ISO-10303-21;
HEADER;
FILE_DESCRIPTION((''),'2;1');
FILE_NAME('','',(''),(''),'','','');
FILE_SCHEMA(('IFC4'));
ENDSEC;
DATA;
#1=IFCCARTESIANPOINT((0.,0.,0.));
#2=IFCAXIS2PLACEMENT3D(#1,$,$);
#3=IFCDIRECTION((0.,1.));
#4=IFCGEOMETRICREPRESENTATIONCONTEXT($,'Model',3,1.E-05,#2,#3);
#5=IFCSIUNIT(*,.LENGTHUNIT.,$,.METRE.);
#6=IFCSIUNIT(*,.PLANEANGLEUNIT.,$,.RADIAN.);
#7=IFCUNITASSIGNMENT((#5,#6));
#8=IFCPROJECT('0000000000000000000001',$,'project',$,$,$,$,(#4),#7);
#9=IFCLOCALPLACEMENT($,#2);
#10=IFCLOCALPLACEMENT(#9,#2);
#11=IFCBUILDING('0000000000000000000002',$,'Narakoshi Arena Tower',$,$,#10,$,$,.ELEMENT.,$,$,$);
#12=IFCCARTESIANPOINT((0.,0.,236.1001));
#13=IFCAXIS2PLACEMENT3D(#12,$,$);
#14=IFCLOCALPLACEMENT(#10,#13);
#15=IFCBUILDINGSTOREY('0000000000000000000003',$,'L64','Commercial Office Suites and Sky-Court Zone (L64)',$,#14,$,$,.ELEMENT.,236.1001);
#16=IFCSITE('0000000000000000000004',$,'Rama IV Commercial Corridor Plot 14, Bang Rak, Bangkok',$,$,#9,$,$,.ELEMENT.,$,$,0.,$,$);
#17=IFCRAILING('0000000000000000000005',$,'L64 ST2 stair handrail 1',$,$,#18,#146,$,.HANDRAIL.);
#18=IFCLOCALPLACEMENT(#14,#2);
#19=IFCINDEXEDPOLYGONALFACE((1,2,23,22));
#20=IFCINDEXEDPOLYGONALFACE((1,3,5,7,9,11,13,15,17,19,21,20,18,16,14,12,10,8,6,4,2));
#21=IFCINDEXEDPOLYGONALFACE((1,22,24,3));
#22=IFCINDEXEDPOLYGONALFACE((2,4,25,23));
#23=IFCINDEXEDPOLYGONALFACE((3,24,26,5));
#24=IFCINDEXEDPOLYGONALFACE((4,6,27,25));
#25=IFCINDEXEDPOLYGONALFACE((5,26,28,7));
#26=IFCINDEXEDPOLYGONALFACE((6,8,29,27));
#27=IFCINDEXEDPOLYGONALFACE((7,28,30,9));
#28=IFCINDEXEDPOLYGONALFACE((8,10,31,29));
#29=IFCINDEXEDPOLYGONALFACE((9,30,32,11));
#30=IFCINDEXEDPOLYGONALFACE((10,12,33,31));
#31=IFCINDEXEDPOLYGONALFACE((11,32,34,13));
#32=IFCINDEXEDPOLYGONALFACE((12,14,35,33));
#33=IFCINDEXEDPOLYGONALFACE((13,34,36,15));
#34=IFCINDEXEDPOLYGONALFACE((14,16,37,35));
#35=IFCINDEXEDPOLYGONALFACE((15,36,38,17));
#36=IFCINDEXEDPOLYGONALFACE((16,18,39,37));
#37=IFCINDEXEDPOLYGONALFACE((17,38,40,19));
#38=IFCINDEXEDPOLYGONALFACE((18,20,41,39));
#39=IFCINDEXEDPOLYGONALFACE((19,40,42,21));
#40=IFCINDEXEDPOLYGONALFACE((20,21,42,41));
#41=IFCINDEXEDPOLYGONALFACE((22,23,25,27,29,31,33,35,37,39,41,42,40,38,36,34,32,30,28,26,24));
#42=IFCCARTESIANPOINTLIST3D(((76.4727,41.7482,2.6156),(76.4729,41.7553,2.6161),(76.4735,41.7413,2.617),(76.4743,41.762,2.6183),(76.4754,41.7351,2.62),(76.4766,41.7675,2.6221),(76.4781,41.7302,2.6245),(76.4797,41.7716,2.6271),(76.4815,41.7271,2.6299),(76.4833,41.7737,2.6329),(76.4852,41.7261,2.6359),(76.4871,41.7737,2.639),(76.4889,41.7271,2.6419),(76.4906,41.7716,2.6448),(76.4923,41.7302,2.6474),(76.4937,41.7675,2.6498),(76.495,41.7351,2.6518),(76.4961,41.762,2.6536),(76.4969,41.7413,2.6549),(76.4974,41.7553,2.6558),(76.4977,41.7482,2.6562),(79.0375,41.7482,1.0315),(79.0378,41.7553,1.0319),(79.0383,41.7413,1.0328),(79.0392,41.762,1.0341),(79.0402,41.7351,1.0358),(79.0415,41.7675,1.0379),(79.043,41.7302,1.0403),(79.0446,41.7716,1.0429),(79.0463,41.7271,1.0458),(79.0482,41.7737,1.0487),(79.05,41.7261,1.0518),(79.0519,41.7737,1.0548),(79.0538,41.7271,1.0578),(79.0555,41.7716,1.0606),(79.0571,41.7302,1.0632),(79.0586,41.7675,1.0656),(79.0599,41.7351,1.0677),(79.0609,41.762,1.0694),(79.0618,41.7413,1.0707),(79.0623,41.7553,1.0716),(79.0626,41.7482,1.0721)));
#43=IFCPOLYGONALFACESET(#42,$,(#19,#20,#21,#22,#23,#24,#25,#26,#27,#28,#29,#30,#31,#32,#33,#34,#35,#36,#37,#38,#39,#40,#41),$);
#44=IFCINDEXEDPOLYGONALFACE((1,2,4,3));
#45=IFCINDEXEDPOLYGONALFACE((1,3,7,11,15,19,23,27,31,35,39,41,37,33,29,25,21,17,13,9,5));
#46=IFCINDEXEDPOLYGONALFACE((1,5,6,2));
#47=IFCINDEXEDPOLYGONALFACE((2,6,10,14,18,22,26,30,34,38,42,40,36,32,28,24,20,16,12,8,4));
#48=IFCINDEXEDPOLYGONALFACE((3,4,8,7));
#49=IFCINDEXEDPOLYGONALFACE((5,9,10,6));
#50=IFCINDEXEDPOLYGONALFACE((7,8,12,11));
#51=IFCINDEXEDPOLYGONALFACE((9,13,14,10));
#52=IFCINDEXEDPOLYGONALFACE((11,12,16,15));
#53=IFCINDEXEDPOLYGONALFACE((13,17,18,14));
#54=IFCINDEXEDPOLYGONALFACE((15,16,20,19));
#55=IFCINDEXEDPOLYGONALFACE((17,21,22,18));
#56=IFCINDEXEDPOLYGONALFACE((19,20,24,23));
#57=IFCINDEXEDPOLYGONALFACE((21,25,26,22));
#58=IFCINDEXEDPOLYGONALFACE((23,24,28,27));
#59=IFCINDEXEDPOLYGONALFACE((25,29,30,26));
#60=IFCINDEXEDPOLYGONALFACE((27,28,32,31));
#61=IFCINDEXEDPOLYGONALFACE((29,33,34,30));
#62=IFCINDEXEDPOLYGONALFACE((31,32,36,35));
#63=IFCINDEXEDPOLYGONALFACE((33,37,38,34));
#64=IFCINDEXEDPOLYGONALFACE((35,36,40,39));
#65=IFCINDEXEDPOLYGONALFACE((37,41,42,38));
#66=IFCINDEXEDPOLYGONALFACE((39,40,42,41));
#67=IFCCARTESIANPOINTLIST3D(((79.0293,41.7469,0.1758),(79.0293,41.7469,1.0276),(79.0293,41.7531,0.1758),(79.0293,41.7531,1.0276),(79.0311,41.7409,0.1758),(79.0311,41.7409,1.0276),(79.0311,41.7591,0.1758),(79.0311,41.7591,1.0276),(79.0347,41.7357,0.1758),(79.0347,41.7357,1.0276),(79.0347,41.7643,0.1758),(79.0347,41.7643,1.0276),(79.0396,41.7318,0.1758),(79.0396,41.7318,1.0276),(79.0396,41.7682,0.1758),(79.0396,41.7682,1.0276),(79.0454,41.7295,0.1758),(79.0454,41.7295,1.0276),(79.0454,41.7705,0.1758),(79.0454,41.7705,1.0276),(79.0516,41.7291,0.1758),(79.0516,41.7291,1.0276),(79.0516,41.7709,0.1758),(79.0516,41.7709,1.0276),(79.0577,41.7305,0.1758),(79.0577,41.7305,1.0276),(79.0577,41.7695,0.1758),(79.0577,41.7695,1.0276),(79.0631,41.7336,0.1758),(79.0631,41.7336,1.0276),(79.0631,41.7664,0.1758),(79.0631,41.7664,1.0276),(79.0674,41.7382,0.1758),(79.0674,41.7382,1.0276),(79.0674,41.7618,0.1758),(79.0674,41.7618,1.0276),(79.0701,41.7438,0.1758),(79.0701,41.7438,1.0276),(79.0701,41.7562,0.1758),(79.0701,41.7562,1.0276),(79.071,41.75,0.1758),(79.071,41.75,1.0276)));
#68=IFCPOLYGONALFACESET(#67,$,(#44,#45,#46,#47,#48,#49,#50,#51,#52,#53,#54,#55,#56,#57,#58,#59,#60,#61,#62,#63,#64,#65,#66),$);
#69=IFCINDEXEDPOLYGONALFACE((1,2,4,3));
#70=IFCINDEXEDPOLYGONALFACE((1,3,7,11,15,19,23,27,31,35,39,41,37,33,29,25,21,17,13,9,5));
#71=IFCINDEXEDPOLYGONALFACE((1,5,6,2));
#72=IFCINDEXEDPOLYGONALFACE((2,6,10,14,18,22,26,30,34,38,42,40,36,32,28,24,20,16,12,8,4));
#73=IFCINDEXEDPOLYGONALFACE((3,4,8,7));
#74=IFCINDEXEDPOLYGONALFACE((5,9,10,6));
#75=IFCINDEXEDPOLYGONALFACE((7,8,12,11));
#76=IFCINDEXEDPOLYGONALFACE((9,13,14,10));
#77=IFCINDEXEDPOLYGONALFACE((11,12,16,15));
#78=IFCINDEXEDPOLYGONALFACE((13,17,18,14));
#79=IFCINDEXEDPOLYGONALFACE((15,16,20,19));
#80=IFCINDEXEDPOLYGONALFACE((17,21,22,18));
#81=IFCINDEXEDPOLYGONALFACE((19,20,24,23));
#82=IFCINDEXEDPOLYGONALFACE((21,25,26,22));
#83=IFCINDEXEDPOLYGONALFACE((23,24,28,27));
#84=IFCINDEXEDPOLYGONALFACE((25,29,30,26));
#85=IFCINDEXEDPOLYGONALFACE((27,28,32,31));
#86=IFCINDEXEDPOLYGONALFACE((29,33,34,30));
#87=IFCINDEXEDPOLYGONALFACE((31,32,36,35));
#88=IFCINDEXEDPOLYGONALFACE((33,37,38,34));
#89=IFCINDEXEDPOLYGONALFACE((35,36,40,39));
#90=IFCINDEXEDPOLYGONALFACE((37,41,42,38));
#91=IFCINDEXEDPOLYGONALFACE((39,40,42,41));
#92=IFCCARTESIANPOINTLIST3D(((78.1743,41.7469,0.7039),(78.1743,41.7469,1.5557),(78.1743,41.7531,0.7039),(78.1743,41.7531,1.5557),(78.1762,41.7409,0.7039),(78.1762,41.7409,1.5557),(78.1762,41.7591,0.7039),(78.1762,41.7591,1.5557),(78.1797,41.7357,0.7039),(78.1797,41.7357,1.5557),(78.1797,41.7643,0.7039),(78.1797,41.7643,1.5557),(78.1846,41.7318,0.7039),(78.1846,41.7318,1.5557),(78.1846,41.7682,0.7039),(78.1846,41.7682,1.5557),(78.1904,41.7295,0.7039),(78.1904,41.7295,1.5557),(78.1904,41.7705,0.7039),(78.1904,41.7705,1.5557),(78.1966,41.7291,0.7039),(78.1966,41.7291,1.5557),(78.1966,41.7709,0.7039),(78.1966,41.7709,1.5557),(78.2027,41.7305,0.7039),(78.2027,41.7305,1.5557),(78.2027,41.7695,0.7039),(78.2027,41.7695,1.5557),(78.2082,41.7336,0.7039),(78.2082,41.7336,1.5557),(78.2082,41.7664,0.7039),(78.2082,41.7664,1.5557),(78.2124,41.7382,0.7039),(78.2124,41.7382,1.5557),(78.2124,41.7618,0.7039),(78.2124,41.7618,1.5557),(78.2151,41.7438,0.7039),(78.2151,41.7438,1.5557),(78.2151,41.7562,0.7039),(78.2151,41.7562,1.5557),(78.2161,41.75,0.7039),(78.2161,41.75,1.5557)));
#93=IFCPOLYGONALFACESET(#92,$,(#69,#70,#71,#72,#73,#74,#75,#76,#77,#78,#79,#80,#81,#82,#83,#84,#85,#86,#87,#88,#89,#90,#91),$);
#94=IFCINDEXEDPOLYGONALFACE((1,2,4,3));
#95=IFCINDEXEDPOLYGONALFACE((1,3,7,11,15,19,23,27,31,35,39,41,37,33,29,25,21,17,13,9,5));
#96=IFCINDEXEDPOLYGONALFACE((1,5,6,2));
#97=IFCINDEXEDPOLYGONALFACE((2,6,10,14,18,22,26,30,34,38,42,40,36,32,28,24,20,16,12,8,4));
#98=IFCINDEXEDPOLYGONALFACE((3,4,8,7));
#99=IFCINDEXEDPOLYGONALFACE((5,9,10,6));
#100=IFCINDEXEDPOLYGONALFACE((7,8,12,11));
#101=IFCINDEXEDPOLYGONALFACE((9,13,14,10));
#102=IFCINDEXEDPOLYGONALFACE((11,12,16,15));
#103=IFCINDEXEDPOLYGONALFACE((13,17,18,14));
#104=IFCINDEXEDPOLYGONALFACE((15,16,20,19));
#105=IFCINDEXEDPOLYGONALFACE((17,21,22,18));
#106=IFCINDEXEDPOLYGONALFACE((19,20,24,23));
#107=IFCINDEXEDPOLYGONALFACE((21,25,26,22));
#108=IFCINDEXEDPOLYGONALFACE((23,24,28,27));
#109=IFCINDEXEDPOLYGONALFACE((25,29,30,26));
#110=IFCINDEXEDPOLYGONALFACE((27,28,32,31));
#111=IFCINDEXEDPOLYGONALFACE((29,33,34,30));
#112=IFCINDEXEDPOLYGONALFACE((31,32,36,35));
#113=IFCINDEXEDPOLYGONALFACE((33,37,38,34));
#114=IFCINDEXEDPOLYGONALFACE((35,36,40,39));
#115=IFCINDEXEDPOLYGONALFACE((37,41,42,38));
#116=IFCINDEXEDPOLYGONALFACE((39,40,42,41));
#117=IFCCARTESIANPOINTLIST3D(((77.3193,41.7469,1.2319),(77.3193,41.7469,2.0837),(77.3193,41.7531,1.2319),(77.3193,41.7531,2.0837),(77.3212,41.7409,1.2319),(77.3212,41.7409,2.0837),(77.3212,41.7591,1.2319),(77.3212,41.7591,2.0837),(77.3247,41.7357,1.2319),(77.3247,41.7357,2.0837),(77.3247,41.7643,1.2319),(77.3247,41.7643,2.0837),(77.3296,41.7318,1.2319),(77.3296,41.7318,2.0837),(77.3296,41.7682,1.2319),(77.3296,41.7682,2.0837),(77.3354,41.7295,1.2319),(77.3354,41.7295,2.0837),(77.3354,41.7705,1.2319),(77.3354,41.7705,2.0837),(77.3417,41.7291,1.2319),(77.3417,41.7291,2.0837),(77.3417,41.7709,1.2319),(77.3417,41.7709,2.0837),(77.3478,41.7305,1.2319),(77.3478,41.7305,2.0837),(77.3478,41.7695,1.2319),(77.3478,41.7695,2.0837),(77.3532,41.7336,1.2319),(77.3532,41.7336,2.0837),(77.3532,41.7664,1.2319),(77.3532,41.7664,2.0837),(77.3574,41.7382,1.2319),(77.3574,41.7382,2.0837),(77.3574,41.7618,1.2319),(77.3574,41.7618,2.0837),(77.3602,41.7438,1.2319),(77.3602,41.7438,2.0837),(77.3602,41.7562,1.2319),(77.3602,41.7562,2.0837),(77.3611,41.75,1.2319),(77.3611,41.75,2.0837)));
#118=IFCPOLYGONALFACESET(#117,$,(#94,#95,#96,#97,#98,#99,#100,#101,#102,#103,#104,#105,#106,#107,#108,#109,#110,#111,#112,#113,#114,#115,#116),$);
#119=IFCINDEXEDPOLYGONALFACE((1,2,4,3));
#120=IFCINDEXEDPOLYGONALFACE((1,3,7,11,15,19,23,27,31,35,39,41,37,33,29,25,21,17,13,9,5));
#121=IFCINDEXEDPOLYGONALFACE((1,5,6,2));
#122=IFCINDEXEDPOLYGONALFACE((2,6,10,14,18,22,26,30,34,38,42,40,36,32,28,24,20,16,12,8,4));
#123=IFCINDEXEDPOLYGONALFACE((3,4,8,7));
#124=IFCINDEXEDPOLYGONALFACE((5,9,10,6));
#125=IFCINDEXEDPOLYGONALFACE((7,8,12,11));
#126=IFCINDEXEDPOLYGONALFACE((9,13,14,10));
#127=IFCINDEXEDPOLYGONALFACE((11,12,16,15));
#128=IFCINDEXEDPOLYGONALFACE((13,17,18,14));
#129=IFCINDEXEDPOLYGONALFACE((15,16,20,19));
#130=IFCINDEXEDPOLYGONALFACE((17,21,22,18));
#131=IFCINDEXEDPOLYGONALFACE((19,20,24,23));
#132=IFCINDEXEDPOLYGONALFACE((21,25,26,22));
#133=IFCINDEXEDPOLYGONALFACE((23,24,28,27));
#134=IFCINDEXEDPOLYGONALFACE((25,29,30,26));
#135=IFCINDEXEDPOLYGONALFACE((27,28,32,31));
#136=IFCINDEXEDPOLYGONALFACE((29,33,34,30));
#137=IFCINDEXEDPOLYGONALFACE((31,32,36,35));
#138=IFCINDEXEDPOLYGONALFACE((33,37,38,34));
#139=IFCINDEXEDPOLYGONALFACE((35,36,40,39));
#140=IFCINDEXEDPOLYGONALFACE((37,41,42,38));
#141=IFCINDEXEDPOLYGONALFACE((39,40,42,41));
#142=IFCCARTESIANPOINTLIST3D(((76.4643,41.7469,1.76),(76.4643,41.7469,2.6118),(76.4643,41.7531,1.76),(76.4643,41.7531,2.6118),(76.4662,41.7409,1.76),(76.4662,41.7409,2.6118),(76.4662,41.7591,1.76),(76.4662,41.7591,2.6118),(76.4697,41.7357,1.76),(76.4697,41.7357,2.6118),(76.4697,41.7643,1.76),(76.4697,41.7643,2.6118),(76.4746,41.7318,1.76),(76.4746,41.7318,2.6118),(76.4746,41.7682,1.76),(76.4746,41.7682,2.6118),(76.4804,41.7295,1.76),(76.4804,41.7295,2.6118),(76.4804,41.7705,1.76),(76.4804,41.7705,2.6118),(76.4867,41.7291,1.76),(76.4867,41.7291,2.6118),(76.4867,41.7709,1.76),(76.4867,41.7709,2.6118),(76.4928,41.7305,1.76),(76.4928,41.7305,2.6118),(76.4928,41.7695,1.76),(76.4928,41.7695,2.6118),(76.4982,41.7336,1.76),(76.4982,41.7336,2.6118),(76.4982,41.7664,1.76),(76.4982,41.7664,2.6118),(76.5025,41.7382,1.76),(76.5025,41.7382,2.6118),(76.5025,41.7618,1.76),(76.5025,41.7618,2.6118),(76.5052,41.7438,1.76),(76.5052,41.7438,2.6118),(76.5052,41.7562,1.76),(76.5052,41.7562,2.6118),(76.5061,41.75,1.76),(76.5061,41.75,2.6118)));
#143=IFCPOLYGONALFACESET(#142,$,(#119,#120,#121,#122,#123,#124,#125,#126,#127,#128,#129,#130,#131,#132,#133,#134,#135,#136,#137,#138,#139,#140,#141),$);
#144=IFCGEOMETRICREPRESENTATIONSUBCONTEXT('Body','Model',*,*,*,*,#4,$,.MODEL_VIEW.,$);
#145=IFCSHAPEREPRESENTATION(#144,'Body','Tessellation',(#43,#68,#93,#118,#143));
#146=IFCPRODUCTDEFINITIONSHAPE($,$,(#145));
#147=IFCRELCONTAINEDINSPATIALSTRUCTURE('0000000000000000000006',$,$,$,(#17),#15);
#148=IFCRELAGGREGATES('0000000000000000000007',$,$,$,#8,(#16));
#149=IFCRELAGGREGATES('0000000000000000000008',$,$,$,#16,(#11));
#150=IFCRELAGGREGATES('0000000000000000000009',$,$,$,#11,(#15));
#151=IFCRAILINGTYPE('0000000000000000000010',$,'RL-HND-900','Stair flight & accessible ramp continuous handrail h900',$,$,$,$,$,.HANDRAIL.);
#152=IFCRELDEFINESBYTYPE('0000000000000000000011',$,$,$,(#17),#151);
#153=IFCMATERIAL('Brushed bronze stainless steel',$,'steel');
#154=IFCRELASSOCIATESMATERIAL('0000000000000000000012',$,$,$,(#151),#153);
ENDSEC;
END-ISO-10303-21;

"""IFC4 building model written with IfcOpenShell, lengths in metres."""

from ifc_helpers import new_model, si_unit, direction, frame, origin, origin_2d, place, context, subcontext, project, spatial, circle, extrude, material, type_object, element, save


model = new_model("IFC4")

# Units and contexts
model_context = context("Model", 3, precision=1e-05, world=origin(), true_north=direction((0.0, 1.0)))
body_context = subcontext(model_context, "Body", "Model", "MODEL_VIEW")
ifc_project = project(units=[si_unit("LENGTHUNIT", "METRE"), si_unit("PLANEANGLEUNIT", "RADIAN")], contexts=[model_context])

# Site, building, storey
site_placement = place(None, origin())
site = spatial("IfcSite", under=ifc_project, at=site_placement, Name="Rama IV Commercial Corridor Plot 14, Bang Rak, Bangkok", CompositionType="ELEMENT", RefElevation=0.0)
building_placement = place(site_placement, origin())
building = spatial("IfcBuilding", under=site, at=building_placement, Name="Narakoshi Arena Tower", CompositionType="ELEMENT")
storey_placement = place(building_placement, frame((0.0, 0.0, 236.1001)))
storey = spatial("IfcBuildingStorey", under=building, at=storey_placement, Name="L64", Description="Commercial Office Suites and Sky-Court Zone (L64)", CompositionType="ELEMENT", Elevation=236.1001)

# Railing
ifc_material_1 = material(Name="Brushed bronze stainless steel", Category="steel")
railing_type_1 = type_object("IfcRailingType", Name="RL-HND-900", Description="Stair flight & accessible ramp continuous handrail h900", PredefinedType="HANDRAIL", material=ifc_material_1)
railing_1_placement = place(storey_placement, frame((79.05, 41.75, 0.1758)))
element("IfcRailing", 1, at=railing_1_placement, inside=storey, type_object=railing_type_1, Name="L64 ST2 stair handrail 1", PredefinedType="HANDRAIL", context=body_context, shape_type="SweptSolid", body=[
    extrude(circle(Radius=0.0239, at=origin_2d()), frame((0.0, 0.0, 0.876), z_axis=(-0.850798, 0.0, 0.525493), x_axis=(0.0, -1.0, 0.0)), (0.0, 0.0, 1.0), 3.0146),
    extrude(circle(Radius=0.021, at=origin_2d()), origin(), (0.0, 0.0, 1.0), 0.8518),
    extrude(circle(Radius=0.021, at=origin_2d()), frame((-0.855, 0.0, 0.5281)), (0.0, 0.0, 1.0), 0.8518),
    extrude(circle(Radius=0.021, at=origin_2d()), frame((-1.71, 0.0, 1.0562)), (0.0, 0.0, 1.0), 0.8518),
    extrude(circle(Radius=0.021, at=origin_2d()), frame((-2.5649, 0.0, 1.5842)), (0.0, 0.0, 1.0), 0.8518),
])

save(model, "model.ifc")
